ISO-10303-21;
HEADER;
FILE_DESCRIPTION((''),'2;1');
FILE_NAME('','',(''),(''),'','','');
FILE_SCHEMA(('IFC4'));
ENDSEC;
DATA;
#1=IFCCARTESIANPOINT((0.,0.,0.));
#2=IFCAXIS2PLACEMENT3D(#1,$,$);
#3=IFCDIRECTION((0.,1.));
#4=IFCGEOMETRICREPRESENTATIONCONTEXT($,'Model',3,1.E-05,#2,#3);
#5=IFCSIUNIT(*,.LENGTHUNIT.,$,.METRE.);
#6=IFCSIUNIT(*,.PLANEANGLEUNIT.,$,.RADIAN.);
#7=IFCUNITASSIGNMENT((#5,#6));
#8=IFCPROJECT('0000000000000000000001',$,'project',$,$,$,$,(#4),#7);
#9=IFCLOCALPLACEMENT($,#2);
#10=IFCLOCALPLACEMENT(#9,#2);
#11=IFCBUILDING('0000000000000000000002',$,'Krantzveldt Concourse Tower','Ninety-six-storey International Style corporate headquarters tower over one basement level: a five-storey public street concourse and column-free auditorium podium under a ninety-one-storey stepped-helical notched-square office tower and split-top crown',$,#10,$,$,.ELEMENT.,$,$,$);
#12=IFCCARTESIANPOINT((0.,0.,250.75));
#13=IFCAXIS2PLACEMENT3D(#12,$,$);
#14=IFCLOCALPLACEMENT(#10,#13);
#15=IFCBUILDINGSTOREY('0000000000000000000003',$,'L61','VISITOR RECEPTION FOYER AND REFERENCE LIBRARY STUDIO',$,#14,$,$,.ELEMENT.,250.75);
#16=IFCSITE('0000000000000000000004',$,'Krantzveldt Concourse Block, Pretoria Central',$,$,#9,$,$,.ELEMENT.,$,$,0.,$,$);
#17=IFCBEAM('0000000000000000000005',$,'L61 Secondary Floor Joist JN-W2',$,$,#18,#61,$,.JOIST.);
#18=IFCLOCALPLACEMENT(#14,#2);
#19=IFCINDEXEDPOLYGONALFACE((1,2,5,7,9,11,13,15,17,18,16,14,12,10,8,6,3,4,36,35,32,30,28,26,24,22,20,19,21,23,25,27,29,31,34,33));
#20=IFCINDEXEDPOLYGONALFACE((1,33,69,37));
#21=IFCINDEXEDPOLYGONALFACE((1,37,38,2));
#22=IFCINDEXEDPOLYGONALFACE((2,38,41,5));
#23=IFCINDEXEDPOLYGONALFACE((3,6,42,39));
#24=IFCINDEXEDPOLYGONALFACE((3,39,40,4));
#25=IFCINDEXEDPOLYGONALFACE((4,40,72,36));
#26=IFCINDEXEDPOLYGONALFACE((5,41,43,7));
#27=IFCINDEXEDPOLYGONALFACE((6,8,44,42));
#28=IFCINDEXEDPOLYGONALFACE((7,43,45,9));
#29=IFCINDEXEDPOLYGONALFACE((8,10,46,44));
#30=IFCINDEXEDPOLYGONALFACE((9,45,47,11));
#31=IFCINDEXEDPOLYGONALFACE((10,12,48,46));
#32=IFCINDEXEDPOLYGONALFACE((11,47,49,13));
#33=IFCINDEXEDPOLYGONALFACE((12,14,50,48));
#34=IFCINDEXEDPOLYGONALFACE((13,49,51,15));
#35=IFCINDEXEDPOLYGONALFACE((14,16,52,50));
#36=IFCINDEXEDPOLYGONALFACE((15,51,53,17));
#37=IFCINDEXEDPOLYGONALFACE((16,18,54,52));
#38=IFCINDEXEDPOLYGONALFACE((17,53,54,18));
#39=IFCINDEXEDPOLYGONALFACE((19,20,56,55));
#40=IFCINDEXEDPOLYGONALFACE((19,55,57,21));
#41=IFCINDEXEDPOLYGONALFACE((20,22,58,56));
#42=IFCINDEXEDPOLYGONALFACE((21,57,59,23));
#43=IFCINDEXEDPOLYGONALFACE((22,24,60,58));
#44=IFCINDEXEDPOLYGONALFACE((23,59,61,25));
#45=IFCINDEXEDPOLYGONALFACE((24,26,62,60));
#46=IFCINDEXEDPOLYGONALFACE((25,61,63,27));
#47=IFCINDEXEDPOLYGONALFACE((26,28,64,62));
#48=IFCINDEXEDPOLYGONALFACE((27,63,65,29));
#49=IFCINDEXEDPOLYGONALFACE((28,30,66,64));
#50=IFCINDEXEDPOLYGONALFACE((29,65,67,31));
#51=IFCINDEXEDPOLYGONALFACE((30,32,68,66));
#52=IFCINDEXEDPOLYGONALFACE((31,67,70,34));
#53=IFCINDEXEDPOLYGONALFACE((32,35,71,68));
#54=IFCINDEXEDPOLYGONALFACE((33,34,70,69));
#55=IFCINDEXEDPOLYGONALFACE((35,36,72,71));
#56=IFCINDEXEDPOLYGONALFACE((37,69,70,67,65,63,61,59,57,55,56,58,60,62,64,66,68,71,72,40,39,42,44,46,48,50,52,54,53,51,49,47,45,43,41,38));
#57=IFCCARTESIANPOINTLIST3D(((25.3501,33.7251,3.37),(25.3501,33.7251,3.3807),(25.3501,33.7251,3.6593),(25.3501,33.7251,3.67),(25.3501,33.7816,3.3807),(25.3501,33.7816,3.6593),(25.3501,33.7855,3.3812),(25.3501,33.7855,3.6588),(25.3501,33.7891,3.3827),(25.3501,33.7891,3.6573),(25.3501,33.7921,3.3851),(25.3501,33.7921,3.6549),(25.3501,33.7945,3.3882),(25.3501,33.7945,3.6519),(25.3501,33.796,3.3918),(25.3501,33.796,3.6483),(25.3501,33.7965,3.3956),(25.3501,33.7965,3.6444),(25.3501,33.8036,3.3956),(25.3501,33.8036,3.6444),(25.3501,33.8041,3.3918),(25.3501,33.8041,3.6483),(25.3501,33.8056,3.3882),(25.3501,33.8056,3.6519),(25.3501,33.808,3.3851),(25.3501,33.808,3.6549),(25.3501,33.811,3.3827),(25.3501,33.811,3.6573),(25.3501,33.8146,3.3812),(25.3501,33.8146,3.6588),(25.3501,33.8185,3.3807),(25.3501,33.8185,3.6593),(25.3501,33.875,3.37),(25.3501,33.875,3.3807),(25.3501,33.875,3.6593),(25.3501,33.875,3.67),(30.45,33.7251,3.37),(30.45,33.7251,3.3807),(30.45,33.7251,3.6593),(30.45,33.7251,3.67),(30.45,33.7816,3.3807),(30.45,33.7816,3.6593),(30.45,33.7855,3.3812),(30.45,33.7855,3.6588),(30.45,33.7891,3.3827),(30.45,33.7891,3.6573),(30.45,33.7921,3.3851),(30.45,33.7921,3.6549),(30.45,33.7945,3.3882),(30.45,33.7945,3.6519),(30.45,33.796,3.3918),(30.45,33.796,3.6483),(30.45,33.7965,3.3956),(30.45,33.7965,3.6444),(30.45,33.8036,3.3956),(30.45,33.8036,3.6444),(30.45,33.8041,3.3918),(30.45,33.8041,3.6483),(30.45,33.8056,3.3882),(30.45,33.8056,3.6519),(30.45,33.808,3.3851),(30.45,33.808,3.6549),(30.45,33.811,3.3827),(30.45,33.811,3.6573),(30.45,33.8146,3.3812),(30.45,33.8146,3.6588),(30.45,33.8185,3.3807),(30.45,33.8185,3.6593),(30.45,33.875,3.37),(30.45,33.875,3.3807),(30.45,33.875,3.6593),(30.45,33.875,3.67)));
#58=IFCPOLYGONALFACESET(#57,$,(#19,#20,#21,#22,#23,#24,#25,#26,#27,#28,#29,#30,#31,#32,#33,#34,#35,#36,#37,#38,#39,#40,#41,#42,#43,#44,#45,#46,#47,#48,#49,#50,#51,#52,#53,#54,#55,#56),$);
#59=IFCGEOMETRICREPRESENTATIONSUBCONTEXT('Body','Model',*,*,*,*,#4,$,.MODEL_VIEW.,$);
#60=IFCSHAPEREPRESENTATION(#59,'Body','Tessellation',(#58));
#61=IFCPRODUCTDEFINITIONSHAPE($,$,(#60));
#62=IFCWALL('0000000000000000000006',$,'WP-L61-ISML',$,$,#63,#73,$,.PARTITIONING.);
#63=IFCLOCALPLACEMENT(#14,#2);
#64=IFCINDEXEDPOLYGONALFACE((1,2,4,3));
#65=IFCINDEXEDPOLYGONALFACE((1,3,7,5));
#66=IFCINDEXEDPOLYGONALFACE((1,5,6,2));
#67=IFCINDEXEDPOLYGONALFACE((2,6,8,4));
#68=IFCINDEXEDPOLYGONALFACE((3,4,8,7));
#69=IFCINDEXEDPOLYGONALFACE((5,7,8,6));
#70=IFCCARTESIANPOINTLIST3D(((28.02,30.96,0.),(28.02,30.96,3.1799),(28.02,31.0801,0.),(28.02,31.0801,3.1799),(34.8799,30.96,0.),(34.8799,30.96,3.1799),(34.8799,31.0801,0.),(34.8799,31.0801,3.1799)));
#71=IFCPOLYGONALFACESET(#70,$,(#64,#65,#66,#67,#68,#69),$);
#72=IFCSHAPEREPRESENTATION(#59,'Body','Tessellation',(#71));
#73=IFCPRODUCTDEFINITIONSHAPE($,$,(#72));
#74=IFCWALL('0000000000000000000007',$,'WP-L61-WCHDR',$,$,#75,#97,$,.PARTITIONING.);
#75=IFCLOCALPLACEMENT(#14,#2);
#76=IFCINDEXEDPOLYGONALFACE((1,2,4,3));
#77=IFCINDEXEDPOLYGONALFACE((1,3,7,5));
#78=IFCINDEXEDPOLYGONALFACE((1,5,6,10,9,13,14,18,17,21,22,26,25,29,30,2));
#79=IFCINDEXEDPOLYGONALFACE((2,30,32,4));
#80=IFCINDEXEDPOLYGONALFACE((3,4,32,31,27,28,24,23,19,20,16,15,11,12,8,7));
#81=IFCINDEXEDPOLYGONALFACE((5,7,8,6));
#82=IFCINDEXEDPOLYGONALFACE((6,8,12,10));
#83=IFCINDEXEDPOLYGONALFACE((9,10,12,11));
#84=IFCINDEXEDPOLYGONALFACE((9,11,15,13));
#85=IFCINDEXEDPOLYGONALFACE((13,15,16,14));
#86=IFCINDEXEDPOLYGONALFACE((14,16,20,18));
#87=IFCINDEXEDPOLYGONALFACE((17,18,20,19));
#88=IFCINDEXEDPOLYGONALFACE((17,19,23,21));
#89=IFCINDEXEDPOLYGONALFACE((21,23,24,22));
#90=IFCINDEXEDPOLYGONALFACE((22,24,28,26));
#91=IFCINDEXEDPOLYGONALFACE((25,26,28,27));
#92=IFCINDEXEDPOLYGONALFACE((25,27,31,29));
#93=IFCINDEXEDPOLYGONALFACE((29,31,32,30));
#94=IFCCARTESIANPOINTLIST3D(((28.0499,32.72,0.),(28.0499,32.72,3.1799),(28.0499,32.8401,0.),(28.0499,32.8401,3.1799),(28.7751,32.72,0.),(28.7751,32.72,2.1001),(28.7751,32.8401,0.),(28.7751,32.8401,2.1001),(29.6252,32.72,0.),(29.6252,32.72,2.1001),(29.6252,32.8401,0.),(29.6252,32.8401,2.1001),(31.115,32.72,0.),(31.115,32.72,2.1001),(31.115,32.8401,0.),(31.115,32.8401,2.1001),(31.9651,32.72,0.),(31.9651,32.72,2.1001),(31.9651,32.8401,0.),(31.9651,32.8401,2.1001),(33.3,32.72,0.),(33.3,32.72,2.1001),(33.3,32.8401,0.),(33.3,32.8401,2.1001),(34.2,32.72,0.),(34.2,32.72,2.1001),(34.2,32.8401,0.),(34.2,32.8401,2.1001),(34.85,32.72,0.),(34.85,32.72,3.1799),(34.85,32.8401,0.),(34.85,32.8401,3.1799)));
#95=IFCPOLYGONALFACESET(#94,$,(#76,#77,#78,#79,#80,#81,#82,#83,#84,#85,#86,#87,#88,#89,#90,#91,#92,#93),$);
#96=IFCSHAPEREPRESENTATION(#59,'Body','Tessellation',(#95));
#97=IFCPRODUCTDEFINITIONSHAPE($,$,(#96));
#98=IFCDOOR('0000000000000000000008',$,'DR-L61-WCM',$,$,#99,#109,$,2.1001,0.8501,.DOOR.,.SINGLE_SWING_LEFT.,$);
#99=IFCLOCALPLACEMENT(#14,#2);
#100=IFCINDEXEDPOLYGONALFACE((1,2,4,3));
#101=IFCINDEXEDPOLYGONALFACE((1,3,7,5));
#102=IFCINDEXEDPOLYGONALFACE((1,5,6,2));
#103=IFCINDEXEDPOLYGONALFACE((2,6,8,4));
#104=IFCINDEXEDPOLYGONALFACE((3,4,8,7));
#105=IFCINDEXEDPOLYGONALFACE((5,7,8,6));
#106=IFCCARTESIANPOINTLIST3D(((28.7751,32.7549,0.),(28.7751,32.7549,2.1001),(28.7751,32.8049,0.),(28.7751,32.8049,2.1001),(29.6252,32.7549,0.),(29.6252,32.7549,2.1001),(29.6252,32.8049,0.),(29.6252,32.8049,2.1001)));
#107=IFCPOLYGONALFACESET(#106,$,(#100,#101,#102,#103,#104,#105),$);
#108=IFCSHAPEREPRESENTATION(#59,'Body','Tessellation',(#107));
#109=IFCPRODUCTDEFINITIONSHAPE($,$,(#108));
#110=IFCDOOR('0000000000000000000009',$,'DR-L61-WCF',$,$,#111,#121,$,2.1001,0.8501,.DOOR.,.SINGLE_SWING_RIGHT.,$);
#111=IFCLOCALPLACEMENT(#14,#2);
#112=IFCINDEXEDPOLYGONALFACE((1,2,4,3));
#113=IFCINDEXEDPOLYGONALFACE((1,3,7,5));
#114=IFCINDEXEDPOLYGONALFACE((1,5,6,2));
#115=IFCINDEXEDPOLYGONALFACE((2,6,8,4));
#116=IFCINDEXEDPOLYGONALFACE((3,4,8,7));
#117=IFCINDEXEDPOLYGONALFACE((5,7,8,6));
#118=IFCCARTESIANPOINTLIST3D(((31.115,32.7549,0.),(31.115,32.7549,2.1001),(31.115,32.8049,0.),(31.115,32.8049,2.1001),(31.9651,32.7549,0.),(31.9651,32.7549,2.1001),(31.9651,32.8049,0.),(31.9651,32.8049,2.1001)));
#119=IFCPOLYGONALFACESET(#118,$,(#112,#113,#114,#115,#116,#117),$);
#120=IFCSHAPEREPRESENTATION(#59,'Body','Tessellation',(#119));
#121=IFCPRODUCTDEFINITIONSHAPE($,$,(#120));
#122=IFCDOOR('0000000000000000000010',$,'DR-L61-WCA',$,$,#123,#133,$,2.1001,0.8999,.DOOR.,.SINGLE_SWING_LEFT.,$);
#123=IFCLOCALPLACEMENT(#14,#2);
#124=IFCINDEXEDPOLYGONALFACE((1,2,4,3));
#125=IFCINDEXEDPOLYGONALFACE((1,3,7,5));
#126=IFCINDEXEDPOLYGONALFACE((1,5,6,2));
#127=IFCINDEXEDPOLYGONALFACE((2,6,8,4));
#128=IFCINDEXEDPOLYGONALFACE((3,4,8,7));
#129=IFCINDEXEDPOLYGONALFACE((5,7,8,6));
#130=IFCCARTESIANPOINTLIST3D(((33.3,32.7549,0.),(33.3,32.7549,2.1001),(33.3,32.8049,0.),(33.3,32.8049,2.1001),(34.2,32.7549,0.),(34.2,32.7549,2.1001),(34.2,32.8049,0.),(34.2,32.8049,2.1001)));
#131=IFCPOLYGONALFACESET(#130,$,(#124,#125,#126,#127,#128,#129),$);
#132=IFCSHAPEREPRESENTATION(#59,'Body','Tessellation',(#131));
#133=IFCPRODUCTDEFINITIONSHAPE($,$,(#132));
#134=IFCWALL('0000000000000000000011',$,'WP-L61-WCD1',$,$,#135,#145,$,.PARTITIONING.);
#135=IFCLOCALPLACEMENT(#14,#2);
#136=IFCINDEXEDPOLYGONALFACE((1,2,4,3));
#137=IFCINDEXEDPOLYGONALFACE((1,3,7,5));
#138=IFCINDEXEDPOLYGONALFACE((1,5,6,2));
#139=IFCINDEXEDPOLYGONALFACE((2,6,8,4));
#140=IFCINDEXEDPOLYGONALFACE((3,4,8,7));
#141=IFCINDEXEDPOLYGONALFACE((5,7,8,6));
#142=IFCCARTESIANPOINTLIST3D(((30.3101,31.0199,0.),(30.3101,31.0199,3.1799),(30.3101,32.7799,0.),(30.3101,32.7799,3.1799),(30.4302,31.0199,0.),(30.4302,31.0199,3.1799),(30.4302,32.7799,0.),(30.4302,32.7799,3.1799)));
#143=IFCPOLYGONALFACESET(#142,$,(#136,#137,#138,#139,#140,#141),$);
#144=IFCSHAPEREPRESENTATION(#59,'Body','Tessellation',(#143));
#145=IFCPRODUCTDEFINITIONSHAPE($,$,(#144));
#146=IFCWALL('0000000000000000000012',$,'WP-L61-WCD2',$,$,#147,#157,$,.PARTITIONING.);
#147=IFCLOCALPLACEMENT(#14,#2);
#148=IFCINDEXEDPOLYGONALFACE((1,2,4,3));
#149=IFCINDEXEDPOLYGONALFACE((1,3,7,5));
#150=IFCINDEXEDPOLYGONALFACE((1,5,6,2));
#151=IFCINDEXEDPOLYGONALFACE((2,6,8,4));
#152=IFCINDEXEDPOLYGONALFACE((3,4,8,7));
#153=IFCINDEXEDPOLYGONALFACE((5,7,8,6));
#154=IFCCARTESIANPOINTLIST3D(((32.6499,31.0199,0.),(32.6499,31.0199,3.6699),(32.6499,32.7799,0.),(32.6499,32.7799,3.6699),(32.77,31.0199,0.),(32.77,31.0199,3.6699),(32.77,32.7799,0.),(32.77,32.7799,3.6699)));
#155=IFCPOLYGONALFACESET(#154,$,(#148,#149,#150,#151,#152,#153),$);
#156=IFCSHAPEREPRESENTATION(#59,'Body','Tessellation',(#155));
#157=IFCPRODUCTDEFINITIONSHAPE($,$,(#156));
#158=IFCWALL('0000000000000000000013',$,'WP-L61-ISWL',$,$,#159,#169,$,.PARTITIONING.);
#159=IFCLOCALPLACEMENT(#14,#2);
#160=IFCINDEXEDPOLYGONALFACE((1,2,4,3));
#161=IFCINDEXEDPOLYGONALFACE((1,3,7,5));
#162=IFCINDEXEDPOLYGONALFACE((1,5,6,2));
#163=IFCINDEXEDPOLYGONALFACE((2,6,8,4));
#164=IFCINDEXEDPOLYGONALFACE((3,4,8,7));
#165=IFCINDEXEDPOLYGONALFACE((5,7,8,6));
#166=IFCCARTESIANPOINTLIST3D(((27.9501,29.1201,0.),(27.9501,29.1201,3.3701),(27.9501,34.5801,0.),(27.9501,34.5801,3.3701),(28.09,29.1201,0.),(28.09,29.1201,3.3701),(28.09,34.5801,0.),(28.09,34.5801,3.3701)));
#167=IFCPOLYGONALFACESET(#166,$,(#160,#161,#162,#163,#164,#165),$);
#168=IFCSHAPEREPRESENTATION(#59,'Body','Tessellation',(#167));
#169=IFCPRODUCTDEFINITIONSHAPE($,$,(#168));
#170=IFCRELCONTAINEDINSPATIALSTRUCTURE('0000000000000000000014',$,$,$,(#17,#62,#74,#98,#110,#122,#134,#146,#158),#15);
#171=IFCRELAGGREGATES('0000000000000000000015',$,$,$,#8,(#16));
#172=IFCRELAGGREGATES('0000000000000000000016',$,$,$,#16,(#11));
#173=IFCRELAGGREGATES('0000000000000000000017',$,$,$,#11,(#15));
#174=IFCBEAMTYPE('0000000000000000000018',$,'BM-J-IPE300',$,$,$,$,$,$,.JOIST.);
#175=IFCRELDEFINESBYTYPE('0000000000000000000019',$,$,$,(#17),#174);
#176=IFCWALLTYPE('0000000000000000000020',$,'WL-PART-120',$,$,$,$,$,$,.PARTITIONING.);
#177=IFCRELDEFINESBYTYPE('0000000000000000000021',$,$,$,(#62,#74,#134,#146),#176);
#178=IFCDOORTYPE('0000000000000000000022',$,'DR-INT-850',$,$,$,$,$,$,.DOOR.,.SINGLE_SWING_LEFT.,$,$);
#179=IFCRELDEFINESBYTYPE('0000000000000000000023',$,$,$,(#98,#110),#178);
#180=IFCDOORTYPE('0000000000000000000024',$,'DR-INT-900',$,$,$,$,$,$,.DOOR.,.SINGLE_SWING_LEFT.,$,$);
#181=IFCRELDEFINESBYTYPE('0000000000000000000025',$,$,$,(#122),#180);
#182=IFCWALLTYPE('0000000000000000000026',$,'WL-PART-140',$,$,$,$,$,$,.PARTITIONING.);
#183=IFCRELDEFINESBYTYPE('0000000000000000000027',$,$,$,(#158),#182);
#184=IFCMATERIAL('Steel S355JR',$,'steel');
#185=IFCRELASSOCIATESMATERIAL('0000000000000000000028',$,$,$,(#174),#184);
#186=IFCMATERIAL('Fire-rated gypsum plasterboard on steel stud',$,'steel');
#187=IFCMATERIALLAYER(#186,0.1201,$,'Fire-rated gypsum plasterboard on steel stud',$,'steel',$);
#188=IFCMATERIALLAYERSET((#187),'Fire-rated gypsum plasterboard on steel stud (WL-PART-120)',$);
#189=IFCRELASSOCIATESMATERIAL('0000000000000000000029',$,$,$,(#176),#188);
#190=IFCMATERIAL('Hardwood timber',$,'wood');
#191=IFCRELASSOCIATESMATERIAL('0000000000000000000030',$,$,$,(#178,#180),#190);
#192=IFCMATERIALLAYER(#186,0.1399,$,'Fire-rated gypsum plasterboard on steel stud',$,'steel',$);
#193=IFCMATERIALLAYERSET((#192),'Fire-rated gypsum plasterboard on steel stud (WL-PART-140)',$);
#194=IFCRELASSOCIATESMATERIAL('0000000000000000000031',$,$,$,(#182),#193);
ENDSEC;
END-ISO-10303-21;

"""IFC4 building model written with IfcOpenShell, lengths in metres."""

from ifc_helpers import new_model, si_unit, direction, frame, frame_2d, origin, origin_2d, place, context, subcontext, project, spatial, rectangle, i_section, extrude, source, transform, mapped, material, layer, layer_set, material_profile, profile_set, type_object, type_shapes, element, fill, save


model = new_model("IFC4")

# Units and contexts
model_context = context("Model", 3, precision=1e-05, world=origin(), true_north=direction((0.0, 1.0)))
body_context = subcontext(model_context, "Body", "Model", "MODEL_VIEW")
ifc_project = project(units=[si_unit("LENGTHUNIT", "METRE"), si_unit("PLANEANGLEUNIT", "RADIAN")], contexts=[model_context])

# Site, building, storey
site_placement = place(None, origin())
site = spatial("IfcSite", under=ifc_project, at=site_placement, Name="Krantzveldt Concourse Block, Pretoria Central", CompositionType="ELEMENT", RefElevation=0.0)
building_placement = place(site_placement, origin())
building = spatial("IfcBuilding", under=site, at=building_placement, Name="Krantzveldt Concourse Tower", Description="Ninety-six-storey International Style corporate headquarters tower over one basement level: a five-storey public street concourse and column-free auditorium podium under a ninety-one-storey stepped-helical notched-square office tower and split-top crown", CompositionType="ELEMENT")
storey_placement = place(building_placement, frame((0.0, 0.0, 250.75)))
storey = spatial("IfcBuildingStorey", under=building, at=storey_placement, Name="L61", Description="VISITOR RECEPTION FOYER AND REFERENCE LIBRARY STUDIO", CompositionType="ELEMENT", Elevation=250.75)

# Beam
ifc_material_1 = material(Name="Steel S355JR", Category="steel")
ifc_material_profile_1 = material_profile(ifc_material_1, i_section(OverallWidth=0.1499, OverallDepth=0.3, WebThickness=0.0071, FlangeThickness=0.0107, FilletRadius=0.0149, at=origin_2d()), Name="Steel S355JR", Category="steel")
ifc_profile_set_1 = profile_set([ifc_material_profile_1], Name="Steel S355JR - IPE 300")
beam_type_1 = type_object("IfcBeamType", Name="BM-J-IPE300", PredefinedType="JOIST", material=ifc_profile_set_1)
shared_shape_1 = source(origin(), body_context, "Body", "SweptSolid", [
    extrude(i_section(OverallWidth=0.1499, OverallDepth=0.3, WebThickness=0.0071, FlangeThickness=0.0107, FilletRadius=0.0149, at=origin_2d()), origin(), (0.0, 0.0, 1.0), 5.0999),
])
type_shapes(beam_type_1, [shared_shape_1])
beam_1_placement = place(storey_placement, frame((25.3501, 33.8, 3.52), z_axis=(1.0, 0.0, 0.0), x_axis=(0.0, 1.0, 0.0)))
element("IfcBeam", 1, at=beam_1_placement, inside=storey, type_object=beam_type_1, Name="L61 Secondary Floor Joist JN-W2", PredefinedType="JOIST", context=body_context, shape_type="MappedRepresentation", body=[
    mapped(shared_shape_1, transform((0.0, 0.0, 0.0), x_axis=(1.0, 0.0, 0.0), y_axis=(0.0, 1.0, 0.0), z_axis=(0.0, 0.0, 1.0), scale=1.0)),
])

# Wall
ifc_material_2 = material(Name="Fire-rated gypsum plasterboard on steel stud", Category="steel")
ifc_layer_1 = layer(ifc_material_2, 0.1201, Name="Fire-rated gypsum plasterboard on steel stud", Category="steel")
ifc_layer_set_1 = layer_set([ifc_layer_1], Name="Fire-rated gypsum plasterboard on steel stud (WL-PART-120)")
wall_type_1 = type_object("IfcWallType", Name="WL-PART-120", PredefinedType="PARTITIONING", material=ifc_layer_set_1)
wall_1_placement = place(storey_placement, frame((28.02, 31.02, 0.0), z_axis=(0.0, 0.0, 1.0), x_axis=(1.0, 0.0, 0.0)))
element("IfcWall", 2, at=wall_1_placement, inside=storey, type_object=wall_type_1, Name="WP-L61-ISML", PredefinedType="PARTITIONING", context=body_context, shape_type="SweptSolid", body=[
    extrude(rectangle(XDim=6.8599, YDim=0.1201, at=frame_2d((3.4299, 0.0))), origin(), (0.0, 0.0, 1.0), 3.1799),
])

# Wall, openings, doors
wall_2_placement = place(storey_placement, frame((28.05, 32.78, 0.0), z_axis=(0.0, 0.0, 1.0), x_axis=(1.0, 0.0, 0.0)))
wall_2 = element("IfcWall", 3, at=wall_2_placement, inside=storey, type_object=wall_type_1, Name="WP-L61-WCHDR", PredefinedType="PARTITIONING", context=body_context, shape_type="SweptSolid", body=[
    extrude(rectangle(XDim=6.8, YDim=0.1201, at=frame_2d((3.3999, 0.0))), origin(), (0.0, 0.0, 1.0), 3.1799),
])
opening_1_placement = place(wall_2_placement, frame((0.7251, 0.0, 0.0)))
opening_1 = element("IfcOpeningElement", 4, at=opening_1_placement, cuts=wall_2, PredefinedType="OPENING", context=body_context, shape_type="SweptSolid", body=[
    extrude(rectangle(XDim=0.8501, YDim=2.1001, at=frame_2d((0.425, 1.05))), frame((0.0, 0.0701, 0.0), z_axis=(0.0, -1.0, 0.0), x_axis=(1.0, 0.0, 0.0)), (0.0, 0.0, 1.0), 0.1401),
])
opening_2_placement = place(wall_2_placement, frame((3.0649, 0.0, 0.0)))
opening_2 = element("IfcOpeningElement", 5, at=opening_2_placement, cuts=wall_2, PredefinedType="OPENING", context=body_context, shape_type="SweptSolid", body=[
    extrude(rectangle(XDim=0.8501, YDim=2.1001, at=frame_2d((0.425, 1.05))), frame((0.0, 0.0701, 0.0), z_axis=(0.0, -1.0, 0.0), x_axis=(1.0, 0.0, 0.0)), (0.0, 0.0, 1.0), 0.1401),
])
opening_3_placement = place(wall_2_placement, frame((5.25, 0.0, 0.0)))
opening_3 = element("IfcOpeningElement", 6, at=opening_3_placement, cuts=wall_2, PredefinedType="OPENING", context=body_context, shape_type="SweptSolid", body=[
    extrude(rectangle(XDim=0.8999, YDim=2.1001, at=frame_2d((0.45, 1.05))), frame((0.0, 0.0701, 0.0), z_axis=(0.0, -1.0, 0.0), x_axis=(1.0, 0.0, 0.0)), (0.0, 0.0, 1.0), 0.1401),
])
ifc_material_3 = material(Name="Hardwood timber", Category="wood")
door_type_1 = type_object("IfcDoorType", Name="DR-INT-850", OperationType="SINGLE_SWING_LEFT", PredefinedType="DOOR", material=ifc_material_3)
door_1_placement = place(opening_1_placement, origin())
door_1 = element("IfcDoor", 7, at=door_1_placement, inside=storey, type_object=door_type_1, Name="DR-L61-WCM", OperationType="SINGLE_SWING_LEFT", OverallHeight=2.1001, OverallWidth=0.8501, PredefinedType="DOOR", context=body_context, shape_type="SweptSolid", body=[
    extrude(rectangle(XDim=0.8501, YDim=2.1001, at=frame_2d((0.425, 1.05))), frame((0.0, 0.0249, 0.0), z_axis=(0.0, -1.0, 0.0), x_axis=(1.0, 0.0, 0.0)), (0.0, 0.0, 1.0), 0.05),
])
fill(opening_1, door_1)
door_2_placement = place(opening_2_placement, origin())
door_2 = element("IfcDoor", 8, at=door_2_placement, inside=storey, type_object=door_type_1, Name="DR-L61-WCF", OperationType="SINGLE_SWING_RIGHT", OverallHeight=2.1001, OverallWidth=0.8501, PredefinedType="DOOR", context=body_context, shape_type="SweptSolid", body=[
    extrude(rectangle(XDim=0.8501, YDim=2.1001, at=frame_2d((0.425, 1.05))), frame((0.0, 0.0249, 0.0), z_axis=(0.0, -1.0, 0.0), x_axis=(1.0, 0.0, 0.0)), (0.0, 0.0, 1.0), 0.05),
])
fill(opening_2, door_2)
door_type_2 = type_object("IfcDoorType", Name="DR-INT-900", OperationType="SINGLE_SWING_LEFT", PredefinedType="DOOR", material=ifc_material_3)
door_3_placement = place(opening_3_placement, origin())
door_3 = element("IfcDoor", 9, at=door_3_placement, inside=storey, type_object=door_type_2, Name="DR-L61-WCA", OperationType="SINGLE_SWING_LEFT", OverallHeight=2.1001, OverallWidth=0.8999, PredefinedType="DOOR", context=body_context, shape_type="SweptSolid", body=[
    extrude(rectangle(XDim=0.8999, YDim=2.1001, at=frame_2d((0.45, 1.05))), frame((0.0, 0.0249, 0.0), z_axis=(0.0, -1.0, 0.0), x_axis=(1.0, 0.0, 0.0)), (0.0, 0.0, 1.0), 0.05),
])
fill(opening_3, door_3)

# Walls
wall_3_placement = place(storey_placement, frame((30.3701, 31.02, 0.0), z_axis=(0.0, 0.0, 1.0), x_axis=(0.0, 1.0, 0.0)))
element("IfcWall", 10, at=wall_3_placement, inside=storey, type_object=wall_type_1, Name="WP-L61-WCD1", PredefinedType="PARTITIONING", context=body_context, shape_type="SweptSolid", body=[
    extrude(rectangle(XDim=1.76, YDim=0.1201, at=frame_2d((0.8799, 0.0))), origin(), (0.0, 0.0, 1.0), 3.1799),
])
wall_4_placement = place(storey_placement, frame((32.71, 31.02, 0.0), z_axis=(0.0, 0.0, 1.0), x_axis=(0.0, 1.0, 0.0)))
element("IfcWall", 11, at=wall_4_placement, inside=storey, type_object=wall_type_1, Name="WP-L61-WCD2", PredefinedType="PARTITIONING", context=body_context, shape_type="SweptSolid", body=[
    extrude(rectangle(XDim=1.76, YDim=0.1201, at=frame_2d((0.8799, 0.0))), origin(), (0.0, 0.0, 1.0), 3.6699),
])
ifc_layer_2 = layer(ifc_material_2, 0.1399, Name="Fire-rated gypsum plasterboard on steel stud", Category="steel")
ifc_layer_set_2 = layer_set([ifc_layer_2], Name="Fire-rated gypsum plasterboard on steel stud (WL-PART-140)")
wall_type_2 = type_object("IfcWallType", Name="WL-PART-140", PredefinedType="PARTITIONING", material=ifc_layer_set_2)
wall_5_placement = place(storey_placement, frame((28.02, 29.1201, 0.0), z_axis=(0.0, 0.0, 1.0), x_axis=(0.0, 1.0, 0.0)))
element("IfcWall", 12, at=wall_5_placement, inside=storey, type_object=wall_type_2, Name="WP-L61-ISWL", PredefinedType="PARTITIONING", context=body_context, shape_type="SweptSolid", body=[
    extrude(rectangle(XDim=5.46, YDim=0.1399, at=frame_2d((2.73, 0.0))), origin(), (0.0, 0.0, 1.0), 3.3701),
])

save(model, "model.ifc")
